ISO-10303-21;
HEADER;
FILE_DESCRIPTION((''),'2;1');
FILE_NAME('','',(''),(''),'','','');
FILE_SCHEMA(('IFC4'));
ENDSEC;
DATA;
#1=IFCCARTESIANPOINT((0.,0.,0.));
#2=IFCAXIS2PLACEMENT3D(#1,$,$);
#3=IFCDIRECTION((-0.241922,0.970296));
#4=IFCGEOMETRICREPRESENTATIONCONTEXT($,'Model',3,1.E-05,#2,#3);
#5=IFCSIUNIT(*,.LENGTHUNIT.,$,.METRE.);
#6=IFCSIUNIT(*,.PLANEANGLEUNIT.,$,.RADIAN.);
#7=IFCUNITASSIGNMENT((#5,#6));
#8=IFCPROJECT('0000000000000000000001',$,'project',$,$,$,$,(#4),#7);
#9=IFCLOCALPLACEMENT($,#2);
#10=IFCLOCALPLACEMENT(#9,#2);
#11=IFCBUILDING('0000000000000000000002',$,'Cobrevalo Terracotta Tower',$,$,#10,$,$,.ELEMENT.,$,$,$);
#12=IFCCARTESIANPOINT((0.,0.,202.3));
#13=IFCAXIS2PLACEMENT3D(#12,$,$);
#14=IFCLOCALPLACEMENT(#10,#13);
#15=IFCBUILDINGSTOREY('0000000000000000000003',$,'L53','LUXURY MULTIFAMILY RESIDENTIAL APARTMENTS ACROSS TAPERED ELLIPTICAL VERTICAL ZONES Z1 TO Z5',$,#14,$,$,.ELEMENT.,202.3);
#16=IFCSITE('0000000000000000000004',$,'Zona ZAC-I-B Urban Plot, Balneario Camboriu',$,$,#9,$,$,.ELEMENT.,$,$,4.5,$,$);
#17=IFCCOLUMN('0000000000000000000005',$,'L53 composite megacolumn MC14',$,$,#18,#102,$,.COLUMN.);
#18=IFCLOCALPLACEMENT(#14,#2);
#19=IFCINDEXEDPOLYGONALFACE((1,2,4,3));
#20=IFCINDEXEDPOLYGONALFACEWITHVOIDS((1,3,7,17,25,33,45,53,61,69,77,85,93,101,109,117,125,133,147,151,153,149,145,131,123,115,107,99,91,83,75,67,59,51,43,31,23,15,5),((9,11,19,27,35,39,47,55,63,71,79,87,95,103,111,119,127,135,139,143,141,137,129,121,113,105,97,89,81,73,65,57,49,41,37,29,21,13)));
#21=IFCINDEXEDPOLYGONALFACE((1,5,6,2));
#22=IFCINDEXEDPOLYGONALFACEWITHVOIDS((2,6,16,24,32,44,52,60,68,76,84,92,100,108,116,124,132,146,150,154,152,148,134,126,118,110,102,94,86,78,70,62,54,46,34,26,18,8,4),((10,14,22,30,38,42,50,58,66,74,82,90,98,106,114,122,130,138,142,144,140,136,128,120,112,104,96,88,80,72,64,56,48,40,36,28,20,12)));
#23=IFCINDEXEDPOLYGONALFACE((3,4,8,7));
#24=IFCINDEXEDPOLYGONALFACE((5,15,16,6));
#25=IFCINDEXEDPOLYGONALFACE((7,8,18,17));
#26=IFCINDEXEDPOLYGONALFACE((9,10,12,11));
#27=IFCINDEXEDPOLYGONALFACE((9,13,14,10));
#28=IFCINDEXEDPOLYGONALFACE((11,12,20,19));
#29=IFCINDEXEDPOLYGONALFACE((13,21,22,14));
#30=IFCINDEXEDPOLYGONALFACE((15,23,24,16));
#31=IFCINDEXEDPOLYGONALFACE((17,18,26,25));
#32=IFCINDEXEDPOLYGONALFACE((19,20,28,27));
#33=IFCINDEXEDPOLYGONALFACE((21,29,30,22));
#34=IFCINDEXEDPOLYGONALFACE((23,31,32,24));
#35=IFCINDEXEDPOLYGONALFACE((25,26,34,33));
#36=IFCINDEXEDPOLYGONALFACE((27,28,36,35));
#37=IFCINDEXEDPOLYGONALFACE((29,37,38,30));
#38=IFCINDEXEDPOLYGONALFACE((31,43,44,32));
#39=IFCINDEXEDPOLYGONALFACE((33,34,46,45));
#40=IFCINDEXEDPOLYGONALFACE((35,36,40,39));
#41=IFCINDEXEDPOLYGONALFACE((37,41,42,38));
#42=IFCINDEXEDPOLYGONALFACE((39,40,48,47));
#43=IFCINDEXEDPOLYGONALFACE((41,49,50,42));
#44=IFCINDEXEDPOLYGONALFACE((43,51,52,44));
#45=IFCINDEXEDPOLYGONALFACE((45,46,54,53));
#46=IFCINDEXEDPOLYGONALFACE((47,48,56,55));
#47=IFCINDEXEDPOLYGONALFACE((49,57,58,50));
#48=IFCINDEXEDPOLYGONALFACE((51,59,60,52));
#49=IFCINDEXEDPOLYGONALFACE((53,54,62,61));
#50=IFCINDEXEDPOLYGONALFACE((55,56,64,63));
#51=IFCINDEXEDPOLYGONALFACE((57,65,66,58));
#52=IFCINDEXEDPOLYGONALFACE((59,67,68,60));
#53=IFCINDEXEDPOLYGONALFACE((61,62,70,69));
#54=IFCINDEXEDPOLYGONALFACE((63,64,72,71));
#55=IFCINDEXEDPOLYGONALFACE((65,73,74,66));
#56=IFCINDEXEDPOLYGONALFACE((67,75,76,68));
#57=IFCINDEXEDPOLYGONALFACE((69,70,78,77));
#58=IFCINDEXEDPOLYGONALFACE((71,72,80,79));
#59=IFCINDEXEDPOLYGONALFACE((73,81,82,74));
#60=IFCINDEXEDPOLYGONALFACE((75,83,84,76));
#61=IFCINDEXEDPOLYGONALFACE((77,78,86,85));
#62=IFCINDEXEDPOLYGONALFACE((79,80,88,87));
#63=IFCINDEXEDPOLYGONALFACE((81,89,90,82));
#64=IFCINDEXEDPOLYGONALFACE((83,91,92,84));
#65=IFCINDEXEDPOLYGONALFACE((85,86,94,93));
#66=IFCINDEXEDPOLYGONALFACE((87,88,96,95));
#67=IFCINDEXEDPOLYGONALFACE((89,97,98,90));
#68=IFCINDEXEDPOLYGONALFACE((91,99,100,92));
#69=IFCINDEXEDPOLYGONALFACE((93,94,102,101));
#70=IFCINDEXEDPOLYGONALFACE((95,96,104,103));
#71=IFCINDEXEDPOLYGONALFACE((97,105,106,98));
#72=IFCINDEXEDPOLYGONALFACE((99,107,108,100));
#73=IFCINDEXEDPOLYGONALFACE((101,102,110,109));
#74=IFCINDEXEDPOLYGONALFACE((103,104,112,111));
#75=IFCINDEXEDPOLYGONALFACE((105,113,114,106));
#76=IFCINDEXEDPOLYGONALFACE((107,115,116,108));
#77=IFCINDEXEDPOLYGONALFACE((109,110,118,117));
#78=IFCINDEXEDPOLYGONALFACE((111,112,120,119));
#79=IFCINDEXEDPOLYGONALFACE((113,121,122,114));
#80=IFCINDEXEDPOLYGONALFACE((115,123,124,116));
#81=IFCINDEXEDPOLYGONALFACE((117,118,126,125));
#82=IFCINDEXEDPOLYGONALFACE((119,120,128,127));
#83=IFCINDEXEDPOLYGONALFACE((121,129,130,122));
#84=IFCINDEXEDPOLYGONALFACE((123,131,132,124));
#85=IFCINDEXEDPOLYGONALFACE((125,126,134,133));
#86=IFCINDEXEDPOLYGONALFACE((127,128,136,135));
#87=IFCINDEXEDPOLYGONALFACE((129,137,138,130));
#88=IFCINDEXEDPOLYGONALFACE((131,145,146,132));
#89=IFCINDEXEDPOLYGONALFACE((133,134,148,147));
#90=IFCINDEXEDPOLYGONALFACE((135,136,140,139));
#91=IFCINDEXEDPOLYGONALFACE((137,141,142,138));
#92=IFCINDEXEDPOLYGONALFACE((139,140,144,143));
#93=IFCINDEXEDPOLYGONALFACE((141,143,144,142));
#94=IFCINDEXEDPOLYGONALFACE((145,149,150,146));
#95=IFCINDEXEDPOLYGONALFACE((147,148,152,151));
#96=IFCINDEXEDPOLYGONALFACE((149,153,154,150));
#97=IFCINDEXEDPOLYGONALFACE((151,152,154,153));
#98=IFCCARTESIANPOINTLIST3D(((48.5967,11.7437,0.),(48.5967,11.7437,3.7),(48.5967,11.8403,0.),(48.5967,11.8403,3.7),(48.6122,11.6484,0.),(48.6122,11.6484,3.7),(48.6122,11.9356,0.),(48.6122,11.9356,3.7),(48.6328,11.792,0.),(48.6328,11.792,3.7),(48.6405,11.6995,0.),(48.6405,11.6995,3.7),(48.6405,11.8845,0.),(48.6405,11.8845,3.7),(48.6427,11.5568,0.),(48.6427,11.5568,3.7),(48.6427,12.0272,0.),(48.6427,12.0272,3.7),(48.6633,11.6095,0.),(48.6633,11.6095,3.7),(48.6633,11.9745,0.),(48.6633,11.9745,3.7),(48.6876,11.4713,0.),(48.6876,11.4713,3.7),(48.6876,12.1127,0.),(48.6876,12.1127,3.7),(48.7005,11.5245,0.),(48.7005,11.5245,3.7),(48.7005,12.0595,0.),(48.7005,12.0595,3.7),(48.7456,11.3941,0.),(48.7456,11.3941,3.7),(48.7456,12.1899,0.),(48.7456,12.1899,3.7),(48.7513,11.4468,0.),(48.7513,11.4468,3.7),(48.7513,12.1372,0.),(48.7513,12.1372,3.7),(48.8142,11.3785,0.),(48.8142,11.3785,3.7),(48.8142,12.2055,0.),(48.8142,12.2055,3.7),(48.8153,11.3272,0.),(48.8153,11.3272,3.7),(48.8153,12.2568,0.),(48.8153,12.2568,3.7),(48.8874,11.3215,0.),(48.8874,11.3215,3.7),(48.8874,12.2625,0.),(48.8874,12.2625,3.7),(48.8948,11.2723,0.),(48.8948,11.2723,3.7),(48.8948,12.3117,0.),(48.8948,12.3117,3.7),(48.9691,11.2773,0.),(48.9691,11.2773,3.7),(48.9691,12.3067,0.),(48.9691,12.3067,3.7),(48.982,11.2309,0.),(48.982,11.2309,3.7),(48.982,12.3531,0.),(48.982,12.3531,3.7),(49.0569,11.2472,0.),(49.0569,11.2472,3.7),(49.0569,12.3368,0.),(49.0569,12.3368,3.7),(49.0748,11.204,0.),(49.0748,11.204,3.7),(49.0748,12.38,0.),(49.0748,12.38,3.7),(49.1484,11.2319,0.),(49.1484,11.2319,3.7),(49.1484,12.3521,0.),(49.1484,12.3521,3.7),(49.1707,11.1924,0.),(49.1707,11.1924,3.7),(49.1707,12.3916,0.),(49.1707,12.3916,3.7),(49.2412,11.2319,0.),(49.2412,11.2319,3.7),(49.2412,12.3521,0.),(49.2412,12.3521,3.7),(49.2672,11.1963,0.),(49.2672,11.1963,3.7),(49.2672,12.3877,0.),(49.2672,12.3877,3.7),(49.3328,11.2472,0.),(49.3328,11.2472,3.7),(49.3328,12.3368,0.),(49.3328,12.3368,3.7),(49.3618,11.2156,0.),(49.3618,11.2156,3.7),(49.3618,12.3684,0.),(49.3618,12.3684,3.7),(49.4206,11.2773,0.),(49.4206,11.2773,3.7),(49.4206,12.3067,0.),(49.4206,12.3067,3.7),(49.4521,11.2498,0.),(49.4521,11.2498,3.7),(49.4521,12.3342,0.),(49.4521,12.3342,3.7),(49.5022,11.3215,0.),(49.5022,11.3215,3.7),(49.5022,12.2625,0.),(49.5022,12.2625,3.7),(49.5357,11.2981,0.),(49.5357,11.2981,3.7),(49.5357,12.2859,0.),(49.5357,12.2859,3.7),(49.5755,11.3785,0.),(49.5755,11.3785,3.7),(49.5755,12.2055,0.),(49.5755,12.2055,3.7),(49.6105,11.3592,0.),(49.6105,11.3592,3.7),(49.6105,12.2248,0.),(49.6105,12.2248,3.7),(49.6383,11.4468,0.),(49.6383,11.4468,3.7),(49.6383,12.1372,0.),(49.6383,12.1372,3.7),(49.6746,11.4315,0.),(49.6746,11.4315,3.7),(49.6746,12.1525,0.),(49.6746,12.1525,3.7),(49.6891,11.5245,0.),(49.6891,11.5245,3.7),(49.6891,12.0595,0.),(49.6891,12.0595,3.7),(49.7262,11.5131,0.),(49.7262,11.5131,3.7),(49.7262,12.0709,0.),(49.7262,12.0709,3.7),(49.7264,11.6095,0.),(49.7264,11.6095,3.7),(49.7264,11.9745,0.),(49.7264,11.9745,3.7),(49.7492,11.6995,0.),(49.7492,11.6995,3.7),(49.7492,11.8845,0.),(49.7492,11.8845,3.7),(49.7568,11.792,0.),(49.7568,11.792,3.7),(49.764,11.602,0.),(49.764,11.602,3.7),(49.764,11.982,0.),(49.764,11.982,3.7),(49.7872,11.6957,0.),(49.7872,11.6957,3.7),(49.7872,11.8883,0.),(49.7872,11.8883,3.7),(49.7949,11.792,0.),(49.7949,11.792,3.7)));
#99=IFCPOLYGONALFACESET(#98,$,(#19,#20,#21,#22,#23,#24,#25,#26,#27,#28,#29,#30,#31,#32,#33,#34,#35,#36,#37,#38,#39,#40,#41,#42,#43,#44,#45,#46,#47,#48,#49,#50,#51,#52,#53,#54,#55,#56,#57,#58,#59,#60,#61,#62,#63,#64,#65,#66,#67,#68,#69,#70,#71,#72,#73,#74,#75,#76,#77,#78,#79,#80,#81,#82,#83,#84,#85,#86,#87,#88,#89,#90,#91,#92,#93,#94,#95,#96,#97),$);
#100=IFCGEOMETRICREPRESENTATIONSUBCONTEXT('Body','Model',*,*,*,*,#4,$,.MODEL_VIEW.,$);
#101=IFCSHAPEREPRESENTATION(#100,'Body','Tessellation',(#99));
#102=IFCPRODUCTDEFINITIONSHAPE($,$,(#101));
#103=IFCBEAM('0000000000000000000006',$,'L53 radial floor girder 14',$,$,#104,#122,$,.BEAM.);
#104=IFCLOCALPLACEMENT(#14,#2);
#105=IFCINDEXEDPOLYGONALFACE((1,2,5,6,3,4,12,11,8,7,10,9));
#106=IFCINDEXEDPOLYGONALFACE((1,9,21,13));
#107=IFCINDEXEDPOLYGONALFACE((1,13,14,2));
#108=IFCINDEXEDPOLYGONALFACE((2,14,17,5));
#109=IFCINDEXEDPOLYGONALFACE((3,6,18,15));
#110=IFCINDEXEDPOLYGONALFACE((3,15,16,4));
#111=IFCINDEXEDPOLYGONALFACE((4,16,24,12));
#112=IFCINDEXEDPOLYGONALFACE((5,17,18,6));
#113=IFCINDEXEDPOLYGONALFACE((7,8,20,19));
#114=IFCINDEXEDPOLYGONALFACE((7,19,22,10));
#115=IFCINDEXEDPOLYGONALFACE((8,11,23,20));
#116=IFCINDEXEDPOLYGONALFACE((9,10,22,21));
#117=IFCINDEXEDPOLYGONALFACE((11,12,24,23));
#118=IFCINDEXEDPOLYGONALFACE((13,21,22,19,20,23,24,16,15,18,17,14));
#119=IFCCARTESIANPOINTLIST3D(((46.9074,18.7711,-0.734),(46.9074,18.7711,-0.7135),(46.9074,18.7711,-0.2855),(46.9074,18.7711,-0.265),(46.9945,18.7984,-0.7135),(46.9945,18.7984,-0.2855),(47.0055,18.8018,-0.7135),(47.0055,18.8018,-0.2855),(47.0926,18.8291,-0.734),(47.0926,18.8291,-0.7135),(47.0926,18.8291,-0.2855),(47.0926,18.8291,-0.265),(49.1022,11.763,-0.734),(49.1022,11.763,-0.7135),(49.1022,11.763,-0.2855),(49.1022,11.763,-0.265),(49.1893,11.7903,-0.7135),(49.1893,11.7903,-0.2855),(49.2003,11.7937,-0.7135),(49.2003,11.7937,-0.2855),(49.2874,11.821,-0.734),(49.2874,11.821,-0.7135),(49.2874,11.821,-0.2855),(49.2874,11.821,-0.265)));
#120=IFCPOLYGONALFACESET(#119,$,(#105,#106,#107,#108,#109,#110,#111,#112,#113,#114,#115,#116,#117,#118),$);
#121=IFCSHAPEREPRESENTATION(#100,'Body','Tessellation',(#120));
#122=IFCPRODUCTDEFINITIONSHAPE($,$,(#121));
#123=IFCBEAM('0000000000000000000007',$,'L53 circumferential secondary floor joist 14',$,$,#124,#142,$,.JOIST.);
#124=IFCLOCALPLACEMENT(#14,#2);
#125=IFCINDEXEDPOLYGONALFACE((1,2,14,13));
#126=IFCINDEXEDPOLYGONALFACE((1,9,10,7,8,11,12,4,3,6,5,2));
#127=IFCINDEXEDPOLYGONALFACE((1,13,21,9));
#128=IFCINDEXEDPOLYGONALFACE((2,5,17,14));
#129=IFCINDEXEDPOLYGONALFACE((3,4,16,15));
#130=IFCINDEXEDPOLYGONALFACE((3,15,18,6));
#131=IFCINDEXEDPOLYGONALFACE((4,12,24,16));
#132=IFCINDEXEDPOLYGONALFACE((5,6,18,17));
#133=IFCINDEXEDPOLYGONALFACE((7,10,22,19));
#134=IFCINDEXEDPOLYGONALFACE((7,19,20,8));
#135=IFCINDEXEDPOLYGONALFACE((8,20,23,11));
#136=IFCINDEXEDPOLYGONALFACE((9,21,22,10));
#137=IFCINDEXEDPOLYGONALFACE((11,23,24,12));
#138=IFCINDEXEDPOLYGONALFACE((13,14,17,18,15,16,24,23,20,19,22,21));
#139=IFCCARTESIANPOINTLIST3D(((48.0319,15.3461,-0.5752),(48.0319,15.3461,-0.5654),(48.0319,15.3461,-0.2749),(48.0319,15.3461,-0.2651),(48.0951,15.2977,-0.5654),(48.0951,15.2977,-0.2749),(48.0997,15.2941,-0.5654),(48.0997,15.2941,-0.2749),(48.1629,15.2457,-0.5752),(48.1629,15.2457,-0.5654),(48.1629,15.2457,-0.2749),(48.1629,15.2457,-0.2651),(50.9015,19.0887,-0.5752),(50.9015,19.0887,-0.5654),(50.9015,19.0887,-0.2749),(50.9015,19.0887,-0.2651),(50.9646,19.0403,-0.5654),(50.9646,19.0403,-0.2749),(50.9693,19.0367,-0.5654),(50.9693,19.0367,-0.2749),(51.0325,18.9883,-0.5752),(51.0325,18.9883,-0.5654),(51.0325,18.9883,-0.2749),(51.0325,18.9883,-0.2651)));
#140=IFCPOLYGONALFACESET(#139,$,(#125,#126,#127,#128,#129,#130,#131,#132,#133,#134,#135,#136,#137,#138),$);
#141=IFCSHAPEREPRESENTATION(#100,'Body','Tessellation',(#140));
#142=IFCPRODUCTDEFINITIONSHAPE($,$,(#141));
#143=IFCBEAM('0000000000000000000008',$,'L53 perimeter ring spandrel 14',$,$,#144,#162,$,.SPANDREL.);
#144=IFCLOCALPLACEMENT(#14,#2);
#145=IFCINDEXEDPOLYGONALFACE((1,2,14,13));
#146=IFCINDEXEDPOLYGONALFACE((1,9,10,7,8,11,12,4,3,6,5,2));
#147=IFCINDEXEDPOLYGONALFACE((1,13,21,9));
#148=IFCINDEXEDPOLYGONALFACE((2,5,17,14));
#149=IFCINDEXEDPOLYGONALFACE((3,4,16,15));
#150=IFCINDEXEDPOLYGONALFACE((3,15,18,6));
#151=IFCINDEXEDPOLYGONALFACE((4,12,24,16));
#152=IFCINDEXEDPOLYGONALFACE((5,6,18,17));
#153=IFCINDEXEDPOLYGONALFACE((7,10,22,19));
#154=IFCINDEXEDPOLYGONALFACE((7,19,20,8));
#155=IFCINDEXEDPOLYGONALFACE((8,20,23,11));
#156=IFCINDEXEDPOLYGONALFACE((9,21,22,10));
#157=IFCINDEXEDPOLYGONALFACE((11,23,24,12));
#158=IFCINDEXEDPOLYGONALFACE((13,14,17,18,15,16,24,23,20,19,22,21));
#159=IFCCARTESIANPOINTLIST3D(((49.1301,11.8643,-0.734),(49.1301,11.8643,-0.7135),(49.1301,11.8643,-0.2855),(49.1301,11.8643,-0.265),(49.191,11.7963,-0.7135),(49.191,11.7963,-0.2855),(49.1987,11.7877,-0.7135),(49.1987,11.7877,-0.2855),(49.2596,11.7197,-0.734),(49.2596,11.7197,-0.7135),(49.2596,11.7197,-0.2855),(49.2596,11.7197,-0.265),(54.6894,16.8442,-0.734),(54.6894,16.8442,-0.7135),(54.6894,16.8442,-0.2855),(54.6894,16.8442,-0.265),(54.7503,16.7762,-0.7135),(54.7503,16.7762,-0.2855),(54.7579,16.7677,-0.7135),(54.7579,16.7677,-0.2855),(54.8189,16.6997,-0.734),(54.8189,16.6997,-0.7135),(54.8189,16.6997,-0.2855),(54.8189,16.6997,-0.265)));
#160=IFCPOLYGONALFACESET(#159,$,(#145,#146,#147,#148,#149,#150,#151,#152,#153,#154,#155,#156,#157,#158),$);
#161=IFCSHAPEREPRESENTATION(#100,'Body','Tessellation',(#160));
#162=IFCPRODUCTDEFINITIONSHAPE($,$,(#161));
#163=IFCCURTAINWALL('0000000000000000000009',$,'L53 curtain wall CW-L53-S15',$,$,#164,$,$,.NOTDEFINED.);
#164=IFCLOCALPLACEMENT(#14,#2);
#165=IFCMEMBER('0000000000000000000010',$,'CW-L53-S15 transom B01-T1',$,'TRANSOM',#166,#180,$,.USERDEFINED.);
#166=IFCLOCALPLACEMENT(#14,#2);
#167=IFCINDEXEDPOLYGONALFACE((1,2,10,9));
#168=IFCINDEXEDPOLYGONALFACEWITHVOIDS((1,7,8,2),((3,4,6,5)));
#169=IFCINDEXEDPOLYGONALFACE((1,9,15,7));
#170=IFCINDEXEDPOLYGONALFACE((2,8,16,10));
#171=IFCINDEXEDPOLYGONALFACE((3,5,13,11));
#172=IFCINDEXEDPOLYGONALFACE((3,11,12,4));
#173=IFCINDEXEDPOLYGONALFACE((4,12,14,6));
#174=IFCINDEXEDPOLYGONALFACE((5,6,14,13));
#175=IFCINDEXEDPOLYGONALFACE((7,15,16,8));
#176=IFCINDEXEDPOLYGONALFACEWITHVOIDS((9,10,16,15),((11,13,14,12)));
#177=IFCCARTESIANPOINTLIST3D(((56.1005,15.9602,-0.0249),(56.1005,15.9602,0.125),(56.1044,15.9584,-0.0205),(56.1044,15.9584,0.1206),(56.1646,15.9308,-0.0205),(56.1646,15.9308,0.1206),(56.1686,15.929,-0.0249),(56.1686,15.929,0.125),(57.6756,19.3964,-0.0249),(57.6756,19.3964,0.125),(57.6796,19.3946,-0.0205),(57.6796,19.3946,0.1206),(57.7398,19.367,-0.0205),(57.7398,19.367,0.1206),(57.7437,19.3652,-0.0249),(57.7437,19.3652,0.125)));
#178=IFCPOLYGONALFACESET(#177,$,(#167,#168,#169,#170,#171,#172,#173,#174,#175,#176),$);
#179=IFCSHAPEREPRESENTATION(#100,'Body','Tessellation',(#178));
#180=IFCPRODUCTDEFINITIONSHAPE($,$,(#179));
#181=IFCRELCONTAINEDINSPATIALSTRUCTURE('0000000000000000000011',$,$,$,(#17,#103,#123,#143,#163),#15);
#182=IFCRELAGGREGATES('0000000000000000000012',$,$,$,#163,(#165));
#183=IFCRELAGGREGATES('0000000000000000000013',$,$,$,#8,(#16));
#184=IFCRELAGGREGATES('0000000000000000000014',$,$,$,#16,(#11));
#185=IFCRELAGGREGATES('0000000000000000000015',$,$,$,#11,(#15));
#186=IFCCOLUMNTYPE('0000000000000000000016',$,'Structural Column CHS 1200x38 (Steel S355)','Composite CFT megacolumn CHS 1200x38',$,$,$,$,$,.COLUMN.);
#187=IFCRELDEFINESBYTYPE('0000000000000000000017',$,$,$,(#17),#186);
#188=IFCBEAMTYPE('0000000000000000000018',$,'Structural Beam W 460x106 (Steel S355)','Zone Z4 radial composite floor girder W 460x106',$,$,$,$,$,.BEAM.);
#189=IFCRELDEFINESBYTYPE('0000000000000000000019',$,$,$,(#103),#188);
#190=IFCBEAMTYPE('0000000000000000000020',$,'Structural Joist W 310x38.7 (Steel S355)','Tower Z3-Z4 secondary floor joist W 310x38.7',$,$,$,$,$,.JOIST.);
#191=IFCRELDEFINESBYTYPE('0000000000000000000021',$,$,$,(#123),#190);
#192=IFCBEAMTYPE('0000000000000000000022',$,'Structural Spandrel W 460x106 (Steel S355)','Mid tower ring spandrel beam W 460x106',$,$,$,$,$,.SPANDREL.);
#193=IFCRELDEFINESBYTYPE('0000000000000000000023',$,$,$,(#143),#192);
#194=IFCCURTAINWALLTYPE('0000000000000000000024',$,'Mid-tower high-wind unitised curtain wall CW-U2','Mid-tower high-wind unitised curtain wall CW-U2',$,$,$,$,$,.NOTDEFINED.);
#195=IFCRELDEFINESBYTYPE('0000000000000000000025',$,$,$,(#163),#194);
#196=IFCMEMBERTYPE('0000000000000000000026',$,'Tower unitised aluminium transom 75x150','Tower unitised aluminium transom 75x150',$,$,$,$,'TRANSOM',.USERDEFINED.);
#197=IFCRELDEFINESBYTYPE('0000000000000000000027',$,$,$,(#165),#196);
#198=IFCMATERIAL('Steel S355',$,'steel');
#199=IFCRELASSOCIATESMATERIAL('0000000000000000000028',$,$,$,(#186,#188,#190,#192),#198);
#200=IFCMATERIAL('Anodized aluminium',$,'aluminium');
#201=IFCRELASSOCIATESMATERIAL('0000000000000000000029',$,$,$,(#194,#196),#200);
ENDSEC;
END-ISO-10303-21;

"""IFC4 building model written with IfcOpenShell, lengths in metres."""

from ifc_helpers import new_model, si_unit, direction, frame, origin, origin_2d, place, context, subcontext, project, spatial, hollow_rectangle, hollow_circle, i_section, extrude, source, transform, mapped, material, material_profile, profile_set, type_object, element, aggregate, save


model = new_model("IFC4")

# Units and contexts
model_context = context("Model", 3, precision=1e-05, world=origin(), true_north=direction((-0.241922, 0.970296)))
body_context = subcontext(model_context, "Body", "Model", "MODEL_VIEW")
ifc_project = project(units=[si_unit("LENGTHUNIT", "METRE"), si_unit("PLANEANGLEUNIT", "RADIAN")], contexts=[model_context])

# Site, building, storey
site_placement = place(None, origin())
site = spatial("IfcSite", under=ifc_project, at=site_placement, Name="Zona ZAC-I-B Urban Plot, Balneario Camboriu", CompositionType="ELEMENT", RefElevation=4.5)
building_placement = place(site_placement, origin())
building = spatial("IfcBuilding", under=site, at=building_placement, Name="Cobrevalo Terracotta Tower", CompositionType="ELEMENT")
storey_placement = place(building_placement, frame((0.0, 0.0, 202.3)))
storey = spatial("IfcBuildingStorey", under=building, at=storey_placement, Name="L53", Description="LUXURY MULTIFAMILY RESIDENTIAL APARTMENTS ACROSS TAPERED ELLIPTICAL VERTICAL ZONES Z1 TO Z5", CompositionType="ELEMENT", Elevation=202.3)

# Column
ifc_material_1 = material(Name="Steel S355", Category="steel")
ifc_material_profile_1 = material_profile(ifc_material_1, hollow_circle(Radius=0.6001, WallThickness=0.0381, at=origin_2d()), Name="CHS 1200x38")
ifc_profile_set_1 = profile_set([ifc_material_profile_1], Name="Steel S355")
column_type = type_object("IfcColumnType", Name="Structural Column CHS 1200x38 (Steel S355)", Description="Composite CFT megacolumn CHS 1200x38", PredefinedType="COLUMN", material=ifc_profile_set_1)
column_placement = place(storey_placement, frame((49.1948, 11.792, 0.0), z_axis=(0.0, 0.0, 1.0), x_axis=(1.0, 0.0, 0.0)))
element("IfcColumn", 1, at=column_placement, inside=storey, type_object=column_type, Name="L53 composite megacolumn MC14", PredefinedType="COLUMN", context=body_context, shape_type="SweptSolid", body=[
    extrude(hollow_circle(Radius=0.6001, WallThickness=0.0381, at=origin_2d()), origin(), (0.0, 0.0, 1.0), 3.7),
])

# Beams
ifc_material_profile_2 = material_profile(ifc_material_1, i_section(OverallWidth=0.1941, OverallDepth=0.469, WebThickness=0.0115, FlangeThickness=0.0205, at=origin_2d()), Name="W 460x106")
ifc_profile_set_2 = profile_set([ifc_material_profile_2], Name="Steel S355")
beam_type_1 = type_object("IfcBeamType", Name="Structural Beam W 460x106 (Steel S355)", Description="Zone Z4 radial composite floor girder W 460x106", PredefinedType="BEAM", material=ifc_profile_set_2)
beam_1_placement = place(storey_placement, frame((49.1948, 11.792, -0.4995), z_axis=(-0.298871, 0.954293, 0.0), x_axis=(-0.954293, -0.298871, 0.0)))
element("IfcBeam", 2, at=beam_1_placement, inside=storey, type_object=beam_type_1, Name="L53 radial floor girder 14", PredefinedType="BEAM", context=body_context, shape_type="SweptSolid", body=[
    extrude(i_section(OverallWidth=0.1941, OverallDepth=0.469, WebThickness=0.0115, FlangeThickness=0.0205, at=origin_2d()), origin(), (0.0, 0.0, 1.0), 7.3438),
])
ifc_material_profile_3 = material_profile(ifc_material_1, i_section(OverallWidth=0.165, OverallDepth=0.3101, WebThickness=0.0059, FlangeThickness=0.0098, at=origin_2d()), Name="W 310x38.7")
ifc_profile_set_3 = profile_set([ifc_material_profile_3], Name="Steel S355")
beam_type_2 = type_object("IfcBeamType", Name="Structural Joist W 310x38.7 (Steel S355)", Description="Tower Z3-Z4 secondary floor joist W 310x38.7", PredefinedType="JOIST", material=ifc_profile_set_3)
beam_2_placement = place(storey_placement, frame((48.0974, 15.2959, -0.4202), z_axis=(0.608464, 0.793581, 0.0), x_axis=(-0.793581, 0.608464, 0.0)))
element("IfcBeam", 3, at=beam_2_placement, inside=storey, type_object=beam_type_2, Name="L53 circumferential secondary floor joist 14", PredefinedType="JOIST", context=body_context, shape_type="SweptSolid", body=[
    extrude(i_section(OverallWidth=0.165, OverallDepth=0.3101, WebThickness=0.0059, FlangeThickness=0.0098, at=origin_2d()), origin(), (0.0, 0.0, 1.0), 4.7161),
])
ifc_material_profile_4 = material_profile(ifc_material_1, i_section(OverallWidth=0.1941, OverallDepth=0.469, WebThickness=0.0115, FlangeThickness=0.0205, at=origin_2d()), Name="W 460x106")
ifc_profile_set_4 = profile_set([ifc_material_profile_4], Name="Steel S355")
beam_type_3 = type_object("IfcBeamType", Name="Structural Spandrel W 460x106 (Steel S355)", Description="Mid tower ring spandrel beam W 460x106", PredefinedType="SPANDREL", material=ifc_profile_set_4)
beam_3_placement = place(storey_placement, frame((49.1948, 11.792, -0.4995), z_axis=(0.744852, 0.66723, 0.0), x_axis=(-0.66723, 0.744852, 0.0)))
element("IfcBeam", 4, at=beam_3_placement, inside=storey, type_object=beam_type_3, Name="L53 perimeter ring spandrel 14", PredefinedType="SPANDREL", context=body_context, shape_type="SweptSolid", body=[
    extrude(i_section(OverallWidth=0.1941, OverallDepth=0.469, WebThickness=0.0115, FlangeThickness=0.0205, at=origin_2d()), origin(), (0.0, 0.0, 1.0), 7.4636),
])

# Curtain wall, member
ifc_material_2 = material(Name="Anodized aluminium", Category="aluminium")
curtain_wall_type = type_object("IfcCurtainWallType", Name="Mid-tower high-wind unitised curtain wall CW-U2", Description="Mid-tower high-wind unitised curtain wall CW-U2", PredefinedType="NOTDEFINED", material=ifc_material_2)
curtain_wall_1_placement = place(storey_placement, origin())
curtain_wall_1 = element("IfcCurtainWall", 5, at=curtain_wall_1_placement, inside=storey, type_object=curtain_wall_type, Name="L53 curtain wall CW-L53-S15", PredefinedType="NOTDEFINED")
ifc_material_profile_5 = material_profile(ifc_material_2, hollow_rectangle(XDim=0.075, YDim=0.1499, WallThickness=0.0044, at=origin_2d()), Name="CWT 75x150")
ifc_profile_set_5 = profile_set([ifc_material_profile_5], Name="Anodized aluminium")
member_type_1 = type_object("IfcMemberType", Name="Tower unitised aluminium transom 75x150", Description="Tower unitised aluminium transom 75x150", ElementType="TRANSOM", PredefinedType="USERDEFINED", material=ifc_profile_set_5)
shared_shape_1 = source(origin(), body_context, "Body", "SweptSolid", [
    extrude(hollow_rectangle(XDim=0.075, YDim=0.1499, WallThickness=0.0044, at=origin_2d()), origin(), (0.0, 0.0, 1.0), 3.78),
])
member_1_placement = place(storey_placement, frame((56.1345, 15.9446, 0.05), z_axis=(0.416706, 0.909041, 0.0), x_axis=(-0.909041, 0.416706, 0.0)))
member_1 = element("IfcMember", 6, at=member_1_placement, type_object=member_type_1, Name="CW-L53-S15 transom B01-T1", ObjectType="TRANSOM", PredefinedType="USERDEFINED", context=body_context, shape_type="MappedRepresentation", body=[
    mapped(shared_shape_1, transform((0.0, 0.0, 0.0), scale=1.0)),
])

aggregate(curtain_wall_1, [member_1])

save(model, "model.ifc")
